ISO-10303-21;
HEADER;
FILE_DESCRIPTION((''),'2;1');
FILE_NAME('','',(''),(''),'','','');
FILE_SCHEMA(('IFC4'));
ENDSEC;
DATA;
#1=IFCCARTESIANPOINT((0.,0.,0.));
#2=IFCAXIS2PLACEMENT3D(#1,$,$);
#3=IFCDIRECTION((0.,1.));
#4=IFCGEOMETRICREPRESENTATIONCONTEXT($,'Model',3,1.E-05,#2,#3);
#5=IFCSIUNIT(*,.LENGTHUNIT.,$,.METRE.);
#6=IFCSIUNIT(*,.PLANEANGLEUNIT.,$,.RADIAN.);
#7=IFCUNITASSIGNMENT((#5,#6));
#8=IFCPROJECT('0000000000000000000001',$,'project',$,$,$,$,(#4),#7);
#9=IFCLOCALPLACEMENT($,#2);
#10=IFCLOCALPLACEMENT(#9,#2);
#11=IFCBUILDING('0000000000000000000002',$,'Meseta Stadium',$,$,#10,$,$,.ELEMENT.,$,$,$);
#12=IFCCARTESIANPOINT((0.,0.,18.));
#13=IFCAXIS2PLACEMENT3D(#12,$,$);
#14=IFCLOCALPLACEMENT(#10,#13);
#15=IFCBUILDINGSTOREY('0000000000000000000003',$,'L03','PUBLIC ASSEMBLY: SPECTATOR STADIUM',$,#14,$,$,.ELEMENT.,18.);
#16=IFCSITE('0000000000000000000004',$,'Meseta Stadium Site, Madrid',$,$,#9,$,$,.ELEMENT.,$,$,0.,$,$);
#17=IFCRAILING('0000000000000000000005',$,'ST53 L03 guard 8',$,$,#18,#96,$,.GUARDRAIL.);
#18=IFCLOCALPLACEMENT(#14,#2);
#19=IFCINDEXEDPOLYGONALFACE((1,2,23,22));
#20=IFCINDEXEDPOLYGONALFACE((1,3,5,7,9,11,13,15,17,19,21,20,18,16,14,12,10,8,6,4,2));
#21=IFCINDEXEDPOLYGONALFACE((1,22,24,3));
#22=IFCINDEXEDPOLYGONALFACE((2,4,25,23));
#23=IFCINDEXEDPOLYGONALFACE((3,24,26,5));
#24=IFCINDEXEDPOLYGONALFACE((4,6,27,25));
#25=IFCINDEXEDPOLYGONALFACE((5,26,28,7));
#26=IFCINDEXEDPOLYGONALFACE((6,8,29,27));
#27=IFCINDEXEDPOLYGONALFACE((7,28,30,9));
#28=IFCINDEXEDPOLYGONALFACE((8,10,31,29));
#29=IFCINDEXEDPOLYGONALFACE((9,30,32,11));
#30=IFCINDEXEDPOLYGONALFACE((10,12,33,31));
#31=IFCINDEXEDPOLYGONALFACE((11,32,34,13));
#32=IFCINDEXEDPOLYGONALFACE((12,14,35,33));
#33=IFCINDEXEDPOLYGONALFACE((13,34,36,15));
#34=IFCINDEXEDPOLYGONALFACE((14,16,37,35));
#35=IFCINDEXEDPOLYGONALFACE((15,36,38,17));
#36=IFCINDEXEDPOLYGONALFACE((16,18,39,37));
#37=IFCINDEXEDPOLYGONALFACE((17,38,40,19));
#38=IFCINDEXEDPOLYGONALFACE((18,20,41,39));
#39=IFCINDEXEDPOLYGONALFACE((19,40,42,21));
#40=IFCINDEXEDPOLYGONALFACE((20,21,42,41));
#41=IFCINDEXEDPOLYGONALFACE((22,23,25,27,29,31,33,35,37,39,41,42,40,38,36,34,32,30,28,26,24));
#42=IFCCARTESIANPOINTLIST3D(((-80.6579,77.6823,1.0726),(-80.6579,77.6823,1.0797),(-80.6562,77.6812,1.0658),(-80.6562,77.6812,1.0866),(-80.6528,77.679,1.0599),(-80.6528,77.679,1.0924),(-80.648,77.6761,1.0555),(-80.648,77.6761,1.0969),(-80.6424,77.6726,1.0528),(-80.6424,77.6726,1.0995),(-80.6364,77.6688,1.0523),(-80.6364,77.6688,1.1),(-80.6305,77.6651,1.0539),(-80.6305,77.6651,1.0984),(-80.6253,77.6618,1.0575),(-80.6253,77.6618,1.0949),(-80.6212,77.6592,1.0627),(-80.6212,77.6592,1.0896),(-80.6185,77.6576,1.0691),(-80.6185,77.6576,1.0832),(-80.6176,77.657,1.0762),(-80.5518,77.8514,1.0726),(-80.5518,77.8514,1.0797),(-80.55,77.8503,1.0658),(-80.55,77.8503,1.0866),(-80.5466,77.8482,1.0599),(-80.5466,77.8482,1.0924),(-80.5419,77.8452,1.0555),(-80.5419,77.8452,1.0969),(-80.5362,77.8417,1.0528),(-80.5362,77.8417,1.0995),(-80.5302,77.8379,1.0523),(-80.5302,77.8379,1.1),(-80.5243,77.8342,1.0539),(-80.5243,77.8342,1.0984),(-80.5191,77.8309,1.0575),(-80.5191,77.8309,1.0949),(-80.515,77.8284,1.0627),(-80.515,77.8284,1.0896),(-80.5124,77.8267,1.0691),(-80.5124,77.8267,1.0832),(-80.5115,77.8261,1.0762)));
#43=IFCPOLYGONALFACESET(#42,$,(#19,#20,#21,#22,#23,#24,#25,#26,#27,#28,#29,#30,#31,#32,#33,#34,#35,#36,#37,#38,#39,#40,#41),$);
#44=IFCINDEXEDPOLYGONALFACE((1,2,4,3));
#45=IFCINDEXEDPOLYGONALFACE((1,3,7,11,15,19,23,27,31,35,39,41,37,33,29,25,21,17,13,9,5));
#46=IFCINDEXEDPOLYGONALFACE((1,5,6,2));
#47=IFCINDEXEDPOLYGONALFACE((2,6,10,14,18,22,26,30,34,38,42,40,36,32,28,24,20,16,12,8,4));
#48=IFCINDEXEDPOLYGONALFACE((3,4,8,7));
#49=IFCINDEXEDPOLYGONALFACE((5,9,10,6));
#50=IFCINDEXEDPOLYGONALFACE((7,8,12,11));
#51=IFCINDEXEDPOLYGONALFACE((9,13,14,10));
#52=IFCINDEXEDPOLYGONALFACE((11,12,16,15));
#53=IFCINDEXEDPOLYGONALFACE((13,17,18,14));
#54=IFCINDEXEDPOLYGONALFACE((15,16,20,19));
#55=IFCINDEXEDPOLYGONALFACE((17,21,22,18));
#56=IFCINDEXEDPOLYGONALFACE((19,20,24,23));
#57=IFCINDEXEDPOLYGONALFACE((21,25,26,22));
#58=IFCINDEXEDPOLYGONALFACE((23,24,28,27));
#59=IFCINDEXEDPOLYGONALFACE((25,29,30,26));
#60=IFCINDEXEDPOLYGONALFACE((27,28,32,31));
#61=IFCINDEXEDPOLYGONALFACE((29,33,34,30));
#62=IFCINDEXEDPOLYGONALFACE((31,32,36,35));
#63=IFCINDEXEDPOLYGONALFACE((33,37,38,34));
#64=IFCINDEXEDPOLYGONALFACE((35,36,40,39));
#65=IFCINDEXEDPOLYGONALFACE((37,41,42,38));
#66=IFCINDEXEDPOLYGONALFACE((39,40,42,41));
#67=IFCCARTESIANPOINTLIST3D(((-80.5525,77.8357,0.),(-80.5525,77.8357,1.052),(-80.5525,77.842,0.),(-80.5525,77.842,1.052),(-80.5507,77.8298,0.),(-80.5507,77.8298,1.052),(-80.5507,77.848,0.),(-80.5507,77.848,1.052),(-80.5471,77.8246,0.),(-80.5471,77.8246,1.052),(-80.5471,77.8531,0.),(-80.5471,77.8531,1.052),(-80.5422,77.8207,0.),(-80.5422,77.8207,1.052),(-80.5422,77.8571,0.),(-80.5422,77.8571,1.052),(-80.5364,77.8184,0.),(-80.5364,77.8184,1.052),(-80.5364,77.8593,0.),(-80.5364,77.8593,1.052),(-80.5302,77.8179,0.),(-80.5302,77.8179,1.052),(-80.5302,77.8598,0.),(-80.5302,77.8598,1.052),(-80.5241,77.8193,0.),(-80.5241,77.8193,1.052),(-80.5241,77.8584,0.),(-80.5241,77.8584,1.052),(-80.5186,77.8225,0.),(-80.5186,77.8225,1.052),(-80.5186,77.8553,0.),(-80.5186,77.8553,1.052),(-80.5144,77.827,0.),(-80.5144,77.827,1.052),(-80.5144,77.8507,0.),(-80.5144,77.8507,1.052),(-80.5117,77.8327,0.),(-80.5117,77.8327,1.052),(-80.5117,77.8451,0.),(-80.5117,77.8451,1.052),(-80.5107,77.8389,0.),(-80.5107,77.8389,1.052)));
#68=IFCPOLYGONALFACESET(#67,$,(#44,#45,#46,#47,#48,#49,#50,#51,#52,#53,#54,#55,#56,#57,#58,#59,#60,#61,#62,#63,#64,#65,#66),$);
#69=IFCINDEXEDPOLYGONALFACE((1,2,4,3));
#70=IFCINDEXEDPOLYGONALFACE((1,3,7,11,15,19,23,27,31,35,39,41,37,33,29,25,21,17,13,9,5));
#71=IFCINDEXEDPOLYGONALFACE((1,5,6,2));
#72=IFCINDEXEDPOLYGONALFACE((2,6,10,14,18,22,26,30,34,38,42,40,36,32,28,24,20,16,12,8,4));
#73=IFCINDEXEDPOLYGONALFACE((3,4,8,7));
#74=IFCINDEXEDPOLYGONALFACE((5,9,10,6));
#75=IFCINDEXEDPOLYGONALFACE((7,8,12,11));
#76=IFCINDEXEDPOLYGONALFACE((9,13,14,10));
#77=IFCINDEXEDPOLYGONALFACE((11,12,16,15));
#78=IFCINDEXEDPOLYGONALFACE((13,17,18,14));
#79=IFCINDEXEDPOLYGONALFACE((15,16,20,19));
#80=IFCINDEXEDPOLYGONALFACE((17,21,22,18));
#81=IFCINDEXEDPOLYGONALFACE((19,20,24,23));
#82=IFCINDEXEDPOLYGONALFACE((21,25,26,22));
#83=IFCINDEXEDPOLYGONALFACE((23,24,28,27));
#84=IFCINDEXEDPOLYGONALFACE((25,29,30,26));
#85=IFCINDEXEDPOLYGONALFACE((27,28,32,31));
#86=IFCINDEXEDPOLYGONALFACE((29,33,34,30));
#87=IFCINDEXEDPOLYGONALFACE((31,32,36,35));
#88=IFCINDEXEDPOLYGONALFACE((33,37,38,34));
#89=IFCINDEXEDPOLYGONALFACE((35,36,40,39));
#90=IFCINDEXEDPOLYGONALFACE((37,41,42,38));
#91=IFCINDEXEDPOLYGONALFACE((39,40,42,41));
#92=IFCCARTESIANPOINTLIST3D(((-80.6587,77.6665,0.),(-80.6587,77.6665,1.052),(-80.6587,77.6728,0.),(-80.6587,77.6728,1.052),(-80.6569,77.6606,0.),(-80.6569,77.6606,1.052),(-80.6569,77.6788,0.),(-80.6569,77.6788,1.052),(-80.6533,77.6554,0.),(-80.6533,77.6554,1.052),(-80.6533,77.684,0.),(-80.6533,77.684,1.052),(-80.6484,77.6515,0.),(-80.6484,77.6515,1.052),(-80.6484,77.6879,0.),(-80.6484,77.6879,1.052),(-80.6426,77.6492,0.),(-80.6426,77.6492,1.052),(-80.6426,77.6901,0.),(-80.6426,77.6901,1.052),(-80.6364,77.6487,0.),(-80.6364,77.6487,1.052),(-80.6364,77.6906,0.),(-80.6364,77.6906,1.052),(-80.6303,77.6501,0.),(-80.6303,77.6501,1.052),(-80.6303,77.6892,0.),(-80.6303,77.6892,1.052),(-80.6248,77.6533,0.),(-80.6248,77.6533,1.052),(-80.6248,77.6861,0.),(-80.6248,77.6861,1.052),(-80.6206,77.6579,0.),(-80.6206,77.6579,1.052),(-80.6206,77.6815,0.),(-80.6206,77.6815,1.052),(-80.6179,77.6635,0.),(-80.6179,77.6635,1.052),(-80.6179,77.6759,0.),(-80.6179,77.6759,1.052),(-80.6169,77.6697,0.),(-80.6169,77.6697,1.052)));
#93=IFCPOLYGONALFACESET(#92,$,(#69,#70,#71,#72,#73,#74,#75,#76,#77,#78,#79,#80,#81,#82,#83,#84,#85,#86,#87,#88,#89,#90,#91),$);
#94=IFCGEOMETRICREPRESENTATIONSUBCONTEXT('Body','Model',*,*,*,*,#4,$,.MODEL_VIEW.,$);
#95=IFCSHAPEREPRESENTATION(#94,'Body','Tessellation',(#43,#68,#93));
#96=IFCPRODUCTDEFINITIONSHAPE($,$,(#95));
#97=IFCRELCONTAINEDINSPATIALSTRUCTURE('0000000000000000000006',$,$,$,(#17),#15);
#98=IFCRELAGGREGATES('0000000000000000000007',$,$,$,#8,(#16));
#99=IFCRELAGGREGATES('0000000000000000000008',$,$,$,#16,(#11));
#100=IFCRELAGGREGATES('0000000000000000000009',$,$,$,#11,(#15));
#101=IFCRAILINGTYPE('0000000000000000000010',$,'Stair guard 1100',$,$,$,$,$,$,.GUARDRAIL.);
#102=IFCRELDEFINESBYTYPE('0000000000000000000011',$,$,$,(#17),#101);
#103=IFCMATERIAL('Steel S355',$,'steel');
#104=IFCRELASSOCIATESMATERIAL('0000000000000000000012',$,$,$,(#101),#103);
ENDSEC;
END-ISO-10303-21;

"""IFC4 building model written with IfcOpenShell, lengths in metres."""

from ifc_helpers import new_model, si_unit, direction, frame, origin, origin_2d, place, context, subcontext, project, spatial, circle, extrude, material, type_object, element, save


model = new_model("IFC4")

# Units and contexts
model_context = context("Model", 3, precision=1e-05, world=origin(), true_north=direction((0.0, 1.0)))
body_context = subcontext(model_context, "Body", "Model", "MODEL_VIEW")
ifc_project = project(units=[si_unit("LENGTHUNIT", "METRE"), si_unit("PLANEANGLEUNIT", "RADIAN")], contexts=[model_context])

# Site, building, storey
site_placement = place(None, origin())
site = spatial("IfcSite", under=ifc_project, at=site_placement, Name="Meseta Stadium Site, Madrid", CompositionType="ELEMENT", RefElevation=0.0)
building_placement = place(site_placement, origin())
building = spatial("IfcBuilding", under=site, at=building_placement, Name="Meseta Stadium", CompositionType="ELEMENT")
storey_placement = place(building_placement, frame((0.0, 0.0, 18.0)))
storey = spatial("IfcBuildingStorey", under=building, at=storey_placement, Name="L03", Description="PUBLIC ASSEMBLY: SPECTATOR STADIUM", CompositionType="ELEMENT", Elevation=18.0)

# Railing
ifc_material_1 = material(Name="Steel S355", Category="steel")
railing_type_1 = type_object("IfcRailingType", Name="Stair guard 1100", PredefinedType="GUARDRAIL", material=ifc_material_1)
railing_1_placement = place(storey_placement, frame((-80.5317, 77.8389, 0.0)))
element("IfcRailing", 1, at=railing_1_placement, inside=storey, type_object=railing_type_1, Name="ST53 L03 guard 8", PredefinedType="GUARDRAIL", context=body_context, shape_type="SweptSolid", body=[
    extrude(circle(Radius=0.0239, at=origin_2d()), frame((0.0, 0.0, 1.0762), z_axis=(-0.531646, -0.846967, 0.0), x_axis=(0.846967, -0.531646, 0.0)), (0.0, 0.0, 1.0), 0.1997),
    extrude(circle(Radius=0.021, at=origin_2d()), origin(), (0.0, 0.0, 1.0), 1.052),
    extrude(circle(Radius=0.021, at=origin_2d()), frame((-0.1062, -0.1692, 0.0)), (0.0, 0.0, 1.0), 1.052),
])

save(model, "model.ifc")
